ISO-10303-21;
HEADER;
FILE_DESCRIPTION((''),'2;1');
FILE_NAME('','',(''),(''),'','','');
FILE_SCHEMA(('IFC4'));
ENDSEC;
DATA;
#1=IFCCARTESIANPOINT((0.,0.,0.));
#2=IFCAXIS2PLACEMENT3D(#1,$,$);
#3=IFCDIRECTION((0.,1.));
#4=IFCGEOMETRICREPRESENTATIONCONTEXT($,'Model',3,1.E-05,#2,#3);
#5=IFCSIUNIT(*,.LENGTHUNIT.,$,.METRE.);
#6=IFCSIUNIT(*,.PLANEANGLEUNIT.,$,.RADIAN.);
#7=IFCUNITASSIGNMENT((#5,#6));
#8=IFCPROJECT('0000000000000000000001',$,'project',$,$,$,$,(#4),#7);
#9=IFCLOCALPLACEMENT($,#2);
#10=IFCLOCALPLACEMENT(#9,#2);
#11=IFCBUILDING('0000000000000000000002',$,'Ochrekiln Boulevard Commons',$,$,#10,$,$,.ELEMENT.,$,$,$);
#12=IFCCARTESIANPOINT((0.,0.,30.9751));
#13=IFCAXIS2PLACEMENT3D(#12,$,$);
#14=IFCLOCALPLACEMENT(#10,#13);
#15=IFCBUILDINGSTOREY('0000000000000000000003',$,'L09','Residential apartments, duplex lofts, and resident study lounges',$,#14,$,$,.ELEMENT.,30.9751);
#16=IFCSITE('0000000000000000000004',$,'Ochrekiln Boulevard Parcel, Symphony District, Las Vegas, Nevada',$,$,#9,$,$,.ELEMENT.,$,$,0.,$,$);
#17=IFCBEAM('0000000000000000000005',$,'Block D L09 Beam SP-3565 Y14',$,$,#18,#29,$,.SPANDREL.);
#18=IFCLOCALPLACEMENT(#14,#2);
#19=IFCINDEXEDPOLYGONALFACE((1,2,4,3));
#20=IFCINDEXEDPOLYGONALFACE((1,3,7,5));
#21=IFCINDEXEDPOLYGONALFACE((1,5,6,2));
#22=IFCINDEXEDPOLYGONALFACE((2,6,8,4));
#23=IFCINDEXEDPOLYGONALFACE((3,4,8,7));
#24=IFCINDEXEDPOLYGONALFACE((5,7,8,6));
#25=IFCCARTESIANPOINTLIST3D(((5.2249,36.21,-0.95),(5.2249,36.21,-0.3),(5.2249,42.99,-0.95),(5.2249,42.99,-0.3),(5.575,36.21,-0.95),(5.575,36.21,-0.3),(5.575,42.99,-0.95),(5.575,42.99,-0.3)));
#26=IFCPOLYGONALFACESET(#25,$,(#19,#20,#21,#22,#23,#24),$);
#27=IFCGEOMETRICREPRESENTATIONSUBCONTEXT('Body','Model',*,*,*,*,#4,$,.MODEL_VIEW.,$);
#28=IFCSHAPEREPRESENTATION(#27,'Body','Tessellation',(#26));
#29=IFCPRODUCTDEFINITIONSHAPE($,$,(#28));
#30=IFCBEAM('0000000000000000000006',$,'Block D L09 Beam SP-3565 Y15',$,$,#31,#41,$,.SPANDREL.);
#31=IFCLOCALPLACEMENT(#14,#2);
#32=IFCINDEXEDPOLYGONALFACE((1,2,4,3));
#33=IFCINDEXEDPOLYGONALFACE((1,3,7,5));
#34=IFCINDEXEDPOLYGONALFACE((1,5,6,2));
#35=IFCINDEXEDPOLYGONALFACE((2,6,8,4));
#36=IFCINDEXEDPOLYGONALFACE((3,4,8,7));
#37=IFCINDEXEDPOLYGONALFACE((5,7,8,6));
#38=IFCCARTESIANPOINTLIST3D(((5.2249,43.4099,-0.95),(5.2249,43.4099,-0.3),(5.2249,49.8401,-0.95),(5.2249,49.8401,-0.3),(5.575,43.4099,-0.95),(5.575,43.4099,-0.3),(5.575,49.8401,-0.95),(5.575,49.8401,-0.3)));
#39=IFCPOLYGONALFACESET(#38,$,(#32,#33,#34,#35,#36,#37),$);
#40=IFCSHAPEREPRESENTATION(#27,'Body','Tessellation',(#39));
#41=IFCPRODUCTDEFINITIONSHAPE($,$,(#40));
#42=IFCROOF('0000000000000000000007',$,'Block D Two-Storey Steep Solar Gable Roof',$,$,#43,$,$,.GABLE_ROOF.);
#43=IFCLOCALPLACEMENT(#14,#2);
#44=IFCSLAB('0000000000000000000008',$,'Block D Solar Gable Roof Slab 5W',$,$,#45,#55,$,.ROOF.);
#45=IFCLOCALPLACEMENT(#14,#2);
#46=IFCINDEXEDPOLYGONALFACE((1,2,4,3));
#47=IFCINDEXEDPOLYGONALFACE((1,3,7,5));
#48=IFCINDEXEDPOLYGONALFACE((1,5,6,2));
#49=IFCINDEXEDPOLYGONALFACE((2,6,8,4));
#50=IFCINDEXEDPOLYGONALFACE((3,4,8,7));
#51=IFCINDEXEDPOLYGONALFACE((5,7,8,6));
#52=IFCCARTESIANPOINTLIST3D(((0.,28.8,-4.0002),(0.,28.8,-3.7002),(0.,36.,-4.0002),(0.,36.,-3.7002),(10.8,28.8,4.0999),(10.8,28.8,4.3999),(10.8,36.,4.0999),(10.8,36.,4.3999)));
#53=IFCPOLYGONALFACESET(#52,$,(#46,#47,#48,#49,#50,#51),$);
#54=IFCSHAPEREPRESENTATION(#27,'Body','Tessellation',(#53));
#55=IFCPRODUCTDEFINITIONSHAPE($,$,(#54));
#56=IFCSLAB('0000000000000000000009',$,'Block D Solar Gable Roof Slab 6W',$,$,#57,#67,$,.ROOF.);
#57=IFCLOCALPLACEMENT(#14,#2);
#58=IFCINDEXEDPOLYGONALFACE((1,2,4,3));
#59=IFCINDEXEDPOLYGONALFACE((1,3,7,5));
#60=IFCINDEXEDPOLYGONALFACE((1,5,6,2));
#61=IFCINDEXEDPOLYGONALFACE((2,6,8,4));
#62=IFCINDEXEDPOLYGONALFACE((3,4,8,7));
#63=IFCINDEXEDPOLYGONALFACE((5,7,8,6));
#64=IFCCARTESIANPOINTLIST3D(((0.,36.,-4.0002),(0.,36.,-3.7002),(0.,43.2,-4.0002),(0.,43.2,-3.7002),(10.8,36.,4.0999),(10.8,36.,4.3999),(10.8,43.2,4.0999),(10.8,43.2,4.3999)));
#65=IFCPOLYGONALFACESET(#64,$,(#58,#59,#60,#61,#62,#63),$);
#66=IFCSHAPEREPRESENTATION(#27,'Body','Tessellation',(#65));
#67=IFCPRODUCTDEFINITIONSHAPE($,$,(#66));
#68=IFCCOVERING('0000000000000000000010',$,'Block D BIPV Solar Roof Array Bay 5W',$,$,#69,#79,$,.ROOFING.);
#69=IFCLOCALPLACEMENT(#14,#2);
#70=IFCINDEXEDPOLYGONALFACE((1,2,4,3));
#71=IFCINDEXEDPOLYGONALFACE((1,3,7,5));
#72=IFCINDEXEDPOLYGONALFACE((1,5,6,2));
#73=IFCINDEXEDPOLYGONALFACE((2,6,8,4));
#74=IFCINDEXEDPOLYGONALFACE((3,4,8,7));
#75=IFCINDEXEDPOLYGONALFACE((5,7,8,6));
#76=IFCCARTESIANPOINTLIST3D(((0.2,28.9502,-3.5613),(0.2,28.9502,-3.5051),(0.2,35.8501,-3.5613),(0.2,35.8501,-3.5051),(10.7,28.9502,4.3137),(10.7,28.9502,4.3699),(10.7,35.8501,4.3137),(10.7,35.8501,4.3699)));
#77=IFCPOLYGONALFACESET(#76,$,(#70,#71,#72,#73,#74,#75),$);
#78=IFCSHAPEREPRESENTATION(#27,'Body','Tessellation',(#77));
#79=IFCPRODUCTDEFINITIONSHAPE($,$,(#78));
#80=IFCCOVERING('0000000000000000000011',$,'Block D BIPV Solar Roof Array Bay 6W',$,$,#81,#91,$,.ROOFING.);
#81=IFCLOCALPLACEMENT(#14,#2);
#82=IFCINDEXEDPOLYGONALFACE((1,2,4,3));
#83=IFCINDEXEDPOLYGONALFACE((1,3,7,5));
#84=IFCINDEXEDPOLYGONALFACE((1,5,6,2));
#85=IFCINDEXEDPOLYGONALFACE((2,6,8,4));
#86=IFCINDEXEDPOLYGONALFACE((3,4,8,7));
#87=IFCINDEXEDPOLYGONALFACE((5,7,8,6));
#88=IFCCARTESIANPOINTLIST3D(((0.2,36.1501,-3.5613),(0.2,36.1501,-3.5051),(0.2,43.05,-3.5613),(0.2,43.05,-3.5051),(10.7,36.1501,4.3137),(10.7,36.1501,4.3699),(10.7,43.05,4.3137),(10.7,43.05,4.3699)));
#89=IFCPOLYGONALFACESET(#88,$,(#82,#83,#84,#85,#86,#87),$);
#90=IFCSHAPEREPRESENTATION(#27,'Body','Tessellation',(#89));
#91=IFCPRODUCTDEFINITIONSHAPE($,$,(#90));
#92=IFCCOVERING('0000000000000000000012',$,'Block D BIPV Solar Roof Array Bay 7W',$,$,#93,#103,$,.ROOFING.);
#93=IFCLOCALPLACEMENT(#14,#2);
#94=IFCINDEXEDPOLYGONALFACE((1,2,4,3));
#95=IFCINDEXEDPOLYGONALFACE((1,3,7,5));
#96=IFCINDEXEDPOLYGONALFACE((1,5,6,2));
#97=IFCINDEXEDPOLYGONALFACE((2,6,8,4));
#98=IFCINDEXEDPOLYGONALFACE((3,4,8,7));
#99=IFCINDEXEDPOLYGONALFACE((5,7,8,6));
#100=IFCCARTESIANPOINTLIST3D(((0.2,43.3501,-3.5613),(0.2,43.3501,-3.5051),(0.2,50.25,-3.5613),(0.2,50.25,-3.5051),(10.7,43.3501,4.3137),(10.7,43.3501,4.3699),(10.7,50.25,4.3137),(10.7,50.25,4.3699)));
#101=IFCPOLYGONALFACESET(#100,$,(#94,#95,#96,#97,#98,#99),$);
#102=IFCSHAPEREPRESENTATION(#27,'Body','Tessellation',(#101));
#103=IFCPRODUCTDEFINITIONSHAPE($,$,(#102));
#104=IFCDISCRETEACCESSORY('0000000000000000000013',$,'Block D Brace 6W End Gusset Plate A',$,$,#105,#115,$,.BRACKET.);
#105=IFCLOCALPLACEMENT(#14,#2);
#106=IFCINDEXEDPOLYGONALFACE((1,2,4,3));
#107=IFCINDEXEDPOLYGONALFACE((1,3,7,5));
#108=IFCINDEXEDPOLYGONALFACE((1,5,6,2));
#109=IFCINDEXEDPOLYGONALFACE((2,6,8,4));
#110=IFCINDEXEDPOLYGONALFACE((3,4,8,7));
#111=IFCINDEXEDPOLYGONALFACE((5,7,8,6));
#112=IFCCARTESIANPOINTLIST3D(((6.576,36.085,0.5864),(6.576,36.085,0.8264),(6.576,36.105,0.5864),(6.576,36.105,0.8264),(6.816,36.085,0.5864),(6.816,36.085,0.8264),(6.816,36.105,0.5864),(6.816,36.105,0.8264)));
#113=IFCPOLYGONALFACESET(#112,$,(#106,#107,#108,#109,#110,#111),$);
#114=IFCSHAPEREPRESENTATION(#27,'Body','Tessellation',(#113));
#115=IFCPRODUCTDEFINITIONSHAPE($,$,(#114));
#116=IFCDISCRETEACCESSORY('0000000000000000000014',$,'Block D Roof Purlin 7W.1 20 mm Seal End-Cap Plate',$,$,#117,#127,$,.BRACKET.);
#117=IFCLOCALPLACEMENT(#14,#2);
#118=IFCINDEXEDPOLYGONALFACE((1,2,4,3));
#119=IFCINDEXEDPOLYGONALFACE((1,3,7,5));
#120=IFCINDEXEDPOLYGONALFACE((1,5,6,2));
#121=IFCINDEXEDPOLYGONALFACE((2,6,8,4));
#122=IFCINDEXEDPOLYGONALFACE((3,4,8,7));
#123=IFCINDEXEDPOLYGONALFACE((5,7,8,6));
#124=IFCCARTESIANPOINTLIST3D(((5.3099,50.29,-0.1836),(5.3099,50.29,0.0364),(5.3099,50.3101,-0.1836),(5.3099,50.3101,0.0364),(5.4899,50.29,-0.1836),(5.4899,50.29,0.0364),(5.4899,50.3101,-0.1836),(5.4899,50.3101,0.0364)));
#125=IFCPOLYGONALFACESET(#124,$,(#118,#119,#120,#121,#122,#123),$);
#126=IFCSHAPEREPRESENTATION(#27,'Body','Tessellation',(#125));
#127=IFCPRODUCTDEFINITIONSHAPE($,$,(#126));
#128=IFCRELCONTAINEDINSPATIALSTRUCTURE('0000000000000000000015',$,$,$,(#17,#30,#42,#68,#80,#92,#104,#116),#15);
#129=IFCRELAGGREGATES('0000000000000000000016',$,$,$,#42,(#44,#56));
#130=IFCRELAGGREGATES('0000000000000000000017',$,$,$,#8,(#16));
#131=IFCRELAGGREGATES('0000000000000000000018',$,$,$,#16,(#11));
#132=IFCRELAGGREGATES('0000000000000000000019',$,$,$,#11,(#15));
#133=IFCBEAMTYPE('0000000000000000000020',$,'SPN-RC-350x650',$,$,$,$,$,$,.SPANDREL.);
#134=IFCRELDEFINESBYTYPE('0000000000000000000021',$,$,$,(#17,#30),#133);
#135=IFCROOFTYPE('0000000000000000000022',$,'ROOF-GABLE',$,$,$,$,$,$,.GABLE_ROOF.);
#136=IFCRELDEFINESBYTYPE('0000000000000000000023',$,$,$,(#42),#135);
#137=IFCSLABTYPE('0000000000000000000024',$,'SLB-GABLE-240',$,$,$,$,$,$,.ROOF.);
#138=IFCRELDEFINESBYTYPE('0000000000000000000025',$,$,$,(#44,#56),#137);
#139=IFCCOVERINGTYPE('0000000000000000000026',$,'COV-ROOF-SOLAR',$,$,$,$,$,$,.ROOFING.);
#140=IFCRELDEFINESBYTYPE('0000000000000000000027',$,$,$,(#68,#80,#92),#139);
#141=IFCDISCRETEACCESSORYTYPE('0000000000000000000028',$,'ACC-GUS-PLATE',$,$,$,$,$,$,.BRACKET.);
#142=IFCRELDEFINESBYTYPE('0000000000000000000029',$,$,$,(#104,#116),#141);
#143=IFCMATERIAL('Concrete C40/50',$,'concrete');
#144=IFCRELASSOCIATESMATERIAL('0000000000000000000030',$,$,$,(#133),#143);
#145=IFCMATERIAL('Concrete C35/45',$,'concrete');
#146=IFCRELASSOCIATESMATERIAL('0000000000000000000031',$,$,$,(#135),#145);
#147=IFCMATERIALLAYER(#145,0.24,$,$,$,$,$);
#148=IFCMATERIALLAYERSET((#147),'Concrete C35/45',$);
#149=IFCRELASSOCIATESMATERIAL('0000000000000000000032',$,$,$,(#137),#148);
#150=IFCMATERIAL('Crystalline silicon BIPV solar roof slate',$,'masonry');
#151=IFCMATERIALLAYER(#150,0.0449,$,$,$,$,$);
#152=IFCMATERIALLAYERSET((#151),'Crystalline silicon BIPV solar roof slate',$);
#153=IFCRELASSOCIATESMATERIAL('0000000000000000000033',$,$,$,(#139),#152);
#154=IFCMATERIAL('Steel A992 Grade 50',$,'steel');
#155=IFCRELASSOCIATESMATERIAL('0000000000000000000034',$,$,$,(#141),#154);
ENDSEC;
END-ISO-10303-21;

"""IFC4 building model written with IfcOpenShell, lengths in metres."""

from ifc_helpers import new_model, si_unit, direction, frame, origin, origin_2d, place, context, subcontext, project, spatial, polyline, rectangle, outline, extrude, material, layer, layer_set, material_profile, profile_set, type_object, element, aggregate, save


model = new_model("IFC4")

# Units and contexts
model_context = context("Model", 3, precision=1e-05, world=origin(), true_north=direction((0.0, 1.0)))
body_context = subcontext(model_context, "Body", "Model", "MODEL_VIEW")
ifc_project = project(units=[si_unit("LENGTHUNIT", "METRE"), si_unit("PLANEANGLEUNIT", "RADIAN")], contexts=[model_context])

# Site, building, storey
site_placement = place(None, origin())
site = spatial("IfcSite", under=ifc_project, at=site_placement, Name="Ochrekiln Boulevard Parcel, Symphony District, Las Vegas, Nevada", CompositionType="ELEMENT", RefElevation=0.0)
building_placement = place(site_placement, origin())
building = spatial("IfcBuilding", under=site, at=building_placement, Name="Ochrekiln Boulevard Commons", CompositionType="ELEMENT")
storey_placement = place(building_placement, frame((0.0, 0.0, 30.9751)))
storey = spatial("IfcBuildingStorey", under=building, at=storey_placement, Name="L09", Description="Residential apartments, duplex lofts, and resident study lounges", CompositionType="ELEMENT", Elevation=30.9751)

# Shared definitions
ifc_material_1 = material(Name="Concrete C40/50", Category="concrete")

# Shared definitions
ifc_material_2 = material(Name="Steel A992 Grade 50", Category="steel")

# Beams
ifc_material_profile_1 = material_profile(ifc_material_1, rectangle(XDim=0.3501, YDim=0.6499, at=origin_2d()), Name="RC-SPN-350x650")
ifc_profile_set_1 = profile_set([ifc_material_profile_1], Name="Concrete C40/50")
beam_type_1 = type_object("IfcBeamType", Name="SPN-RC-350x650", PredefinedType="SPANDREL", material=ifc_profile_set_1)
for number, where, z_axis, x_axis, name in (
    (1, (5.3999, 36.21, -0.625), (0.0, 1.0, 0.0), (-1.0, 0.0, 0.0), "Block D L09 Beam SP-3565 Y14"),
):
    element("IfcBeam", number, at=place(storey_placement, frame(where, z_axis=z_axis, x_axis=x_axis)), inside=storey, type_object=beam_type_1, Name=name, PredefinedType="SPANDREL", context=body_context, shape_type="SweptSolid", body=[
        extrude(rectangle(XDim=0.3501, YDim=0.6499, at=origin_2d()), origin(), (0.0, 0.0, 1.0), 6.78),
    ])
beam_1_placement = place(storey_placement, frame((5.3999, 43.4099, -0.625), z_axis=(0.0, 1.0, 0.0), x_axis=(-1.0, 0.0, 0.0)))
element("IfcBeam", 2, at=beam_1_placement, inside=storey, type_object=beam_type_1, Name="Block D L09 Beam SP-3565 Y15", PredefinedType="SPANDREL", context=body_context, shape_type="SweptSolid", body=[
    extrude(rectangle(XDim=0.3501, YDim=0.6499, at=origin_2d()), origin(), (0.0, 0.0, 1.0), 6.4302),
])

# Roof, slabs
ifc_material_3 = material(Name="Concrete C35/45", Category="concrete")
roof_type = type_object("IfcRoofType", Name="ROOF-GABLE", PredefinedType="GABLE_ROOF", material=ifc_material_3)
roof_placement = place(storey_placement, origin())
roof = element("IfcRoof", 3, at=roof_placement, inside=storey, type_object=roof_type, Name="Block D Two-Storey Steep Solar Gable Roof", PredefinedType="GABLE_ROOF")
ifc_layer_1 = layer(ifc_material_3, 0.24)
ifc_layer_set_1 = layer_set([ifc_layer_1], Name="Concrete C35/45")
slab_type = type_object("IfcSlabType", Name="SLB-GABLE-240", PredefinedType="ROOF", material=ifc_layer_set_1)
slab_1_placement = place(storey_placement, frame((0.0, 36.0, -3.7002), z_axis=(0.0, -1.0, 0.0), x_axis=(1.0, 0.0, 0.0)))
slab_1 = element("IfcSlab", 4, at=slab_1_placement, type_object=slab_type, Name="Block D Solar Gable Roof Slab 5W", PredefinedType="ROOF", context=body_context, shape_type="SweptSolid", body=[
    extrude(outline(polyline([(0.0, 0.0), (10.8, 8.1001), (10.8, 7.8), (0.0, -0.3), (0.0, 0.0)])), origin(), (0.0, 0.0, 1.0), 7.2),
])
slab_2_placement = place(storey_placement, frame((0.0, 43.2, -3.7002), z_axis=(0.0, -1.0, 0.0), x_axis=(1.0, 0.0, 0.0)))
slab_2 = element("IfcSlab", 5, at=slab_2_placement, type_object=slab_type, Name="Block D Solar Gable Roof Slab 6W", PredefinedType="ROOF", context=body_context, shape_type="SweptSolid", body=[
    extrude(outline(polyline([(0.0, 0.0), (10.8, 8.1001), (10.8, 7.8), (0.0, -0.3), (0.0, 0.0)])), origin(), (0.0, 0.0, 1.0), 7.2),
])
aggregate(roof, [slab_1, slab_2])

# Coverings
ifc_material_4 = material(Name="Crystalline silicon BIPV solar roof slate", Category="masonry")
ifc_layer_2 = layer(ifc_material_4, 0.0449)
ifc_layer_set_2 = layer_set([ifc_layer_2], Name="Crystalline silicon BIPV solar roof slate")
covering_type = type_object("IfcCoveringType", Name="COV-ROOF-SOLAR", PredefinedType="ROOFING", material=ifc_layer_set_2)
for number, where, z_axis, x_axis, name in (
    (6, (0.2, 35.8501, -3.5051), (0.0, -1.0, 0.0), (1.0, 0.0, 0.0), "Block D BIPV Solar Roof Array Bay 5W"),
    (7, (0.2, 43.05, -3.5051), (0.0, -1.0, 0.0), (1.0, 0.0, 0.0), "Block D BIPV Solar Roof Array Bay 6W"),
    (8, (0.2, 50.25, -3.5051), (0.0, -1.0, 0.0), (1.0, 0.0, 0.0), "Block D BIPV Solar Roof Array Bay 7W"),
):
    element("IfcCovering", number, at=place(storey_placement, frame(where, z_axis=z_axis, x_axis=x_axis)), inside=storey, type_object=covering_type, Name=name, PredefinedType="ROOFING", context=body_context, shape_type="SweptSolid", body=[
        extrude(outline(polyline([(0.0, 0.0), (10.5, 7.875), (10.5, 7.8188), (0.0, -0.0562), (0.0, 0.0)])), origin(), (0.0, 0.0, 1.0), 6.8999),
    ])

# Discrete accessories
discrete_accessory_type = type_object("IfcDiscreteAccessoryType", Name="ACC-GUS-PLATE", PredefinedType="BRACKET", material=ifc_material_2)
discrete_accessory_1_placement = place(storey_placement, frame((6.696, 36.095, 0.5864), z_axis=(0.0, 0.0, 1.0), x_axis=(1.0, 0.0, 0.0)))
element("IfcDiscreteAccessory", 9, at=discrete_accessory_1_placement, inside=storey, type_object=discrete_accessory_type, Name="Block D Brace 6W End Gusset Plate A", PredefinedType="BRACKET", context=body_context, shape_type="SweptSolid", body=[
    extrude(rectangle(XDim=0.24, YDim=0.02, at=origin_2d()), origin(), (0.0, 0.0, 1.0), 0.24),
])
discrete_accessory_2_placement = place(storey_placement, frame((5.3999, 50.3, -0.1836), z_axis=(0.0, 0.0, 1.0), x_axis=(1.0, 0.0, 0.0)))
element("IfcDiscreteAccessory", 10, at=discrete_accessory_2_placement, inside=storey, type_object=discrete_accessory_type, Name="Block D Roof Purlin 7W.1 20 mm Seal End-Cap Plate", PredefinedType="BRACKET", context=body_context, shape_type="SweptSolid", body=[
    extrude(rectangle(XDim=0.1799, YDim=0.02, at=origin_2d()), origin(), (0.0, 0.0, 1.0), 0.22),
])

save(model, "model.ifc")
